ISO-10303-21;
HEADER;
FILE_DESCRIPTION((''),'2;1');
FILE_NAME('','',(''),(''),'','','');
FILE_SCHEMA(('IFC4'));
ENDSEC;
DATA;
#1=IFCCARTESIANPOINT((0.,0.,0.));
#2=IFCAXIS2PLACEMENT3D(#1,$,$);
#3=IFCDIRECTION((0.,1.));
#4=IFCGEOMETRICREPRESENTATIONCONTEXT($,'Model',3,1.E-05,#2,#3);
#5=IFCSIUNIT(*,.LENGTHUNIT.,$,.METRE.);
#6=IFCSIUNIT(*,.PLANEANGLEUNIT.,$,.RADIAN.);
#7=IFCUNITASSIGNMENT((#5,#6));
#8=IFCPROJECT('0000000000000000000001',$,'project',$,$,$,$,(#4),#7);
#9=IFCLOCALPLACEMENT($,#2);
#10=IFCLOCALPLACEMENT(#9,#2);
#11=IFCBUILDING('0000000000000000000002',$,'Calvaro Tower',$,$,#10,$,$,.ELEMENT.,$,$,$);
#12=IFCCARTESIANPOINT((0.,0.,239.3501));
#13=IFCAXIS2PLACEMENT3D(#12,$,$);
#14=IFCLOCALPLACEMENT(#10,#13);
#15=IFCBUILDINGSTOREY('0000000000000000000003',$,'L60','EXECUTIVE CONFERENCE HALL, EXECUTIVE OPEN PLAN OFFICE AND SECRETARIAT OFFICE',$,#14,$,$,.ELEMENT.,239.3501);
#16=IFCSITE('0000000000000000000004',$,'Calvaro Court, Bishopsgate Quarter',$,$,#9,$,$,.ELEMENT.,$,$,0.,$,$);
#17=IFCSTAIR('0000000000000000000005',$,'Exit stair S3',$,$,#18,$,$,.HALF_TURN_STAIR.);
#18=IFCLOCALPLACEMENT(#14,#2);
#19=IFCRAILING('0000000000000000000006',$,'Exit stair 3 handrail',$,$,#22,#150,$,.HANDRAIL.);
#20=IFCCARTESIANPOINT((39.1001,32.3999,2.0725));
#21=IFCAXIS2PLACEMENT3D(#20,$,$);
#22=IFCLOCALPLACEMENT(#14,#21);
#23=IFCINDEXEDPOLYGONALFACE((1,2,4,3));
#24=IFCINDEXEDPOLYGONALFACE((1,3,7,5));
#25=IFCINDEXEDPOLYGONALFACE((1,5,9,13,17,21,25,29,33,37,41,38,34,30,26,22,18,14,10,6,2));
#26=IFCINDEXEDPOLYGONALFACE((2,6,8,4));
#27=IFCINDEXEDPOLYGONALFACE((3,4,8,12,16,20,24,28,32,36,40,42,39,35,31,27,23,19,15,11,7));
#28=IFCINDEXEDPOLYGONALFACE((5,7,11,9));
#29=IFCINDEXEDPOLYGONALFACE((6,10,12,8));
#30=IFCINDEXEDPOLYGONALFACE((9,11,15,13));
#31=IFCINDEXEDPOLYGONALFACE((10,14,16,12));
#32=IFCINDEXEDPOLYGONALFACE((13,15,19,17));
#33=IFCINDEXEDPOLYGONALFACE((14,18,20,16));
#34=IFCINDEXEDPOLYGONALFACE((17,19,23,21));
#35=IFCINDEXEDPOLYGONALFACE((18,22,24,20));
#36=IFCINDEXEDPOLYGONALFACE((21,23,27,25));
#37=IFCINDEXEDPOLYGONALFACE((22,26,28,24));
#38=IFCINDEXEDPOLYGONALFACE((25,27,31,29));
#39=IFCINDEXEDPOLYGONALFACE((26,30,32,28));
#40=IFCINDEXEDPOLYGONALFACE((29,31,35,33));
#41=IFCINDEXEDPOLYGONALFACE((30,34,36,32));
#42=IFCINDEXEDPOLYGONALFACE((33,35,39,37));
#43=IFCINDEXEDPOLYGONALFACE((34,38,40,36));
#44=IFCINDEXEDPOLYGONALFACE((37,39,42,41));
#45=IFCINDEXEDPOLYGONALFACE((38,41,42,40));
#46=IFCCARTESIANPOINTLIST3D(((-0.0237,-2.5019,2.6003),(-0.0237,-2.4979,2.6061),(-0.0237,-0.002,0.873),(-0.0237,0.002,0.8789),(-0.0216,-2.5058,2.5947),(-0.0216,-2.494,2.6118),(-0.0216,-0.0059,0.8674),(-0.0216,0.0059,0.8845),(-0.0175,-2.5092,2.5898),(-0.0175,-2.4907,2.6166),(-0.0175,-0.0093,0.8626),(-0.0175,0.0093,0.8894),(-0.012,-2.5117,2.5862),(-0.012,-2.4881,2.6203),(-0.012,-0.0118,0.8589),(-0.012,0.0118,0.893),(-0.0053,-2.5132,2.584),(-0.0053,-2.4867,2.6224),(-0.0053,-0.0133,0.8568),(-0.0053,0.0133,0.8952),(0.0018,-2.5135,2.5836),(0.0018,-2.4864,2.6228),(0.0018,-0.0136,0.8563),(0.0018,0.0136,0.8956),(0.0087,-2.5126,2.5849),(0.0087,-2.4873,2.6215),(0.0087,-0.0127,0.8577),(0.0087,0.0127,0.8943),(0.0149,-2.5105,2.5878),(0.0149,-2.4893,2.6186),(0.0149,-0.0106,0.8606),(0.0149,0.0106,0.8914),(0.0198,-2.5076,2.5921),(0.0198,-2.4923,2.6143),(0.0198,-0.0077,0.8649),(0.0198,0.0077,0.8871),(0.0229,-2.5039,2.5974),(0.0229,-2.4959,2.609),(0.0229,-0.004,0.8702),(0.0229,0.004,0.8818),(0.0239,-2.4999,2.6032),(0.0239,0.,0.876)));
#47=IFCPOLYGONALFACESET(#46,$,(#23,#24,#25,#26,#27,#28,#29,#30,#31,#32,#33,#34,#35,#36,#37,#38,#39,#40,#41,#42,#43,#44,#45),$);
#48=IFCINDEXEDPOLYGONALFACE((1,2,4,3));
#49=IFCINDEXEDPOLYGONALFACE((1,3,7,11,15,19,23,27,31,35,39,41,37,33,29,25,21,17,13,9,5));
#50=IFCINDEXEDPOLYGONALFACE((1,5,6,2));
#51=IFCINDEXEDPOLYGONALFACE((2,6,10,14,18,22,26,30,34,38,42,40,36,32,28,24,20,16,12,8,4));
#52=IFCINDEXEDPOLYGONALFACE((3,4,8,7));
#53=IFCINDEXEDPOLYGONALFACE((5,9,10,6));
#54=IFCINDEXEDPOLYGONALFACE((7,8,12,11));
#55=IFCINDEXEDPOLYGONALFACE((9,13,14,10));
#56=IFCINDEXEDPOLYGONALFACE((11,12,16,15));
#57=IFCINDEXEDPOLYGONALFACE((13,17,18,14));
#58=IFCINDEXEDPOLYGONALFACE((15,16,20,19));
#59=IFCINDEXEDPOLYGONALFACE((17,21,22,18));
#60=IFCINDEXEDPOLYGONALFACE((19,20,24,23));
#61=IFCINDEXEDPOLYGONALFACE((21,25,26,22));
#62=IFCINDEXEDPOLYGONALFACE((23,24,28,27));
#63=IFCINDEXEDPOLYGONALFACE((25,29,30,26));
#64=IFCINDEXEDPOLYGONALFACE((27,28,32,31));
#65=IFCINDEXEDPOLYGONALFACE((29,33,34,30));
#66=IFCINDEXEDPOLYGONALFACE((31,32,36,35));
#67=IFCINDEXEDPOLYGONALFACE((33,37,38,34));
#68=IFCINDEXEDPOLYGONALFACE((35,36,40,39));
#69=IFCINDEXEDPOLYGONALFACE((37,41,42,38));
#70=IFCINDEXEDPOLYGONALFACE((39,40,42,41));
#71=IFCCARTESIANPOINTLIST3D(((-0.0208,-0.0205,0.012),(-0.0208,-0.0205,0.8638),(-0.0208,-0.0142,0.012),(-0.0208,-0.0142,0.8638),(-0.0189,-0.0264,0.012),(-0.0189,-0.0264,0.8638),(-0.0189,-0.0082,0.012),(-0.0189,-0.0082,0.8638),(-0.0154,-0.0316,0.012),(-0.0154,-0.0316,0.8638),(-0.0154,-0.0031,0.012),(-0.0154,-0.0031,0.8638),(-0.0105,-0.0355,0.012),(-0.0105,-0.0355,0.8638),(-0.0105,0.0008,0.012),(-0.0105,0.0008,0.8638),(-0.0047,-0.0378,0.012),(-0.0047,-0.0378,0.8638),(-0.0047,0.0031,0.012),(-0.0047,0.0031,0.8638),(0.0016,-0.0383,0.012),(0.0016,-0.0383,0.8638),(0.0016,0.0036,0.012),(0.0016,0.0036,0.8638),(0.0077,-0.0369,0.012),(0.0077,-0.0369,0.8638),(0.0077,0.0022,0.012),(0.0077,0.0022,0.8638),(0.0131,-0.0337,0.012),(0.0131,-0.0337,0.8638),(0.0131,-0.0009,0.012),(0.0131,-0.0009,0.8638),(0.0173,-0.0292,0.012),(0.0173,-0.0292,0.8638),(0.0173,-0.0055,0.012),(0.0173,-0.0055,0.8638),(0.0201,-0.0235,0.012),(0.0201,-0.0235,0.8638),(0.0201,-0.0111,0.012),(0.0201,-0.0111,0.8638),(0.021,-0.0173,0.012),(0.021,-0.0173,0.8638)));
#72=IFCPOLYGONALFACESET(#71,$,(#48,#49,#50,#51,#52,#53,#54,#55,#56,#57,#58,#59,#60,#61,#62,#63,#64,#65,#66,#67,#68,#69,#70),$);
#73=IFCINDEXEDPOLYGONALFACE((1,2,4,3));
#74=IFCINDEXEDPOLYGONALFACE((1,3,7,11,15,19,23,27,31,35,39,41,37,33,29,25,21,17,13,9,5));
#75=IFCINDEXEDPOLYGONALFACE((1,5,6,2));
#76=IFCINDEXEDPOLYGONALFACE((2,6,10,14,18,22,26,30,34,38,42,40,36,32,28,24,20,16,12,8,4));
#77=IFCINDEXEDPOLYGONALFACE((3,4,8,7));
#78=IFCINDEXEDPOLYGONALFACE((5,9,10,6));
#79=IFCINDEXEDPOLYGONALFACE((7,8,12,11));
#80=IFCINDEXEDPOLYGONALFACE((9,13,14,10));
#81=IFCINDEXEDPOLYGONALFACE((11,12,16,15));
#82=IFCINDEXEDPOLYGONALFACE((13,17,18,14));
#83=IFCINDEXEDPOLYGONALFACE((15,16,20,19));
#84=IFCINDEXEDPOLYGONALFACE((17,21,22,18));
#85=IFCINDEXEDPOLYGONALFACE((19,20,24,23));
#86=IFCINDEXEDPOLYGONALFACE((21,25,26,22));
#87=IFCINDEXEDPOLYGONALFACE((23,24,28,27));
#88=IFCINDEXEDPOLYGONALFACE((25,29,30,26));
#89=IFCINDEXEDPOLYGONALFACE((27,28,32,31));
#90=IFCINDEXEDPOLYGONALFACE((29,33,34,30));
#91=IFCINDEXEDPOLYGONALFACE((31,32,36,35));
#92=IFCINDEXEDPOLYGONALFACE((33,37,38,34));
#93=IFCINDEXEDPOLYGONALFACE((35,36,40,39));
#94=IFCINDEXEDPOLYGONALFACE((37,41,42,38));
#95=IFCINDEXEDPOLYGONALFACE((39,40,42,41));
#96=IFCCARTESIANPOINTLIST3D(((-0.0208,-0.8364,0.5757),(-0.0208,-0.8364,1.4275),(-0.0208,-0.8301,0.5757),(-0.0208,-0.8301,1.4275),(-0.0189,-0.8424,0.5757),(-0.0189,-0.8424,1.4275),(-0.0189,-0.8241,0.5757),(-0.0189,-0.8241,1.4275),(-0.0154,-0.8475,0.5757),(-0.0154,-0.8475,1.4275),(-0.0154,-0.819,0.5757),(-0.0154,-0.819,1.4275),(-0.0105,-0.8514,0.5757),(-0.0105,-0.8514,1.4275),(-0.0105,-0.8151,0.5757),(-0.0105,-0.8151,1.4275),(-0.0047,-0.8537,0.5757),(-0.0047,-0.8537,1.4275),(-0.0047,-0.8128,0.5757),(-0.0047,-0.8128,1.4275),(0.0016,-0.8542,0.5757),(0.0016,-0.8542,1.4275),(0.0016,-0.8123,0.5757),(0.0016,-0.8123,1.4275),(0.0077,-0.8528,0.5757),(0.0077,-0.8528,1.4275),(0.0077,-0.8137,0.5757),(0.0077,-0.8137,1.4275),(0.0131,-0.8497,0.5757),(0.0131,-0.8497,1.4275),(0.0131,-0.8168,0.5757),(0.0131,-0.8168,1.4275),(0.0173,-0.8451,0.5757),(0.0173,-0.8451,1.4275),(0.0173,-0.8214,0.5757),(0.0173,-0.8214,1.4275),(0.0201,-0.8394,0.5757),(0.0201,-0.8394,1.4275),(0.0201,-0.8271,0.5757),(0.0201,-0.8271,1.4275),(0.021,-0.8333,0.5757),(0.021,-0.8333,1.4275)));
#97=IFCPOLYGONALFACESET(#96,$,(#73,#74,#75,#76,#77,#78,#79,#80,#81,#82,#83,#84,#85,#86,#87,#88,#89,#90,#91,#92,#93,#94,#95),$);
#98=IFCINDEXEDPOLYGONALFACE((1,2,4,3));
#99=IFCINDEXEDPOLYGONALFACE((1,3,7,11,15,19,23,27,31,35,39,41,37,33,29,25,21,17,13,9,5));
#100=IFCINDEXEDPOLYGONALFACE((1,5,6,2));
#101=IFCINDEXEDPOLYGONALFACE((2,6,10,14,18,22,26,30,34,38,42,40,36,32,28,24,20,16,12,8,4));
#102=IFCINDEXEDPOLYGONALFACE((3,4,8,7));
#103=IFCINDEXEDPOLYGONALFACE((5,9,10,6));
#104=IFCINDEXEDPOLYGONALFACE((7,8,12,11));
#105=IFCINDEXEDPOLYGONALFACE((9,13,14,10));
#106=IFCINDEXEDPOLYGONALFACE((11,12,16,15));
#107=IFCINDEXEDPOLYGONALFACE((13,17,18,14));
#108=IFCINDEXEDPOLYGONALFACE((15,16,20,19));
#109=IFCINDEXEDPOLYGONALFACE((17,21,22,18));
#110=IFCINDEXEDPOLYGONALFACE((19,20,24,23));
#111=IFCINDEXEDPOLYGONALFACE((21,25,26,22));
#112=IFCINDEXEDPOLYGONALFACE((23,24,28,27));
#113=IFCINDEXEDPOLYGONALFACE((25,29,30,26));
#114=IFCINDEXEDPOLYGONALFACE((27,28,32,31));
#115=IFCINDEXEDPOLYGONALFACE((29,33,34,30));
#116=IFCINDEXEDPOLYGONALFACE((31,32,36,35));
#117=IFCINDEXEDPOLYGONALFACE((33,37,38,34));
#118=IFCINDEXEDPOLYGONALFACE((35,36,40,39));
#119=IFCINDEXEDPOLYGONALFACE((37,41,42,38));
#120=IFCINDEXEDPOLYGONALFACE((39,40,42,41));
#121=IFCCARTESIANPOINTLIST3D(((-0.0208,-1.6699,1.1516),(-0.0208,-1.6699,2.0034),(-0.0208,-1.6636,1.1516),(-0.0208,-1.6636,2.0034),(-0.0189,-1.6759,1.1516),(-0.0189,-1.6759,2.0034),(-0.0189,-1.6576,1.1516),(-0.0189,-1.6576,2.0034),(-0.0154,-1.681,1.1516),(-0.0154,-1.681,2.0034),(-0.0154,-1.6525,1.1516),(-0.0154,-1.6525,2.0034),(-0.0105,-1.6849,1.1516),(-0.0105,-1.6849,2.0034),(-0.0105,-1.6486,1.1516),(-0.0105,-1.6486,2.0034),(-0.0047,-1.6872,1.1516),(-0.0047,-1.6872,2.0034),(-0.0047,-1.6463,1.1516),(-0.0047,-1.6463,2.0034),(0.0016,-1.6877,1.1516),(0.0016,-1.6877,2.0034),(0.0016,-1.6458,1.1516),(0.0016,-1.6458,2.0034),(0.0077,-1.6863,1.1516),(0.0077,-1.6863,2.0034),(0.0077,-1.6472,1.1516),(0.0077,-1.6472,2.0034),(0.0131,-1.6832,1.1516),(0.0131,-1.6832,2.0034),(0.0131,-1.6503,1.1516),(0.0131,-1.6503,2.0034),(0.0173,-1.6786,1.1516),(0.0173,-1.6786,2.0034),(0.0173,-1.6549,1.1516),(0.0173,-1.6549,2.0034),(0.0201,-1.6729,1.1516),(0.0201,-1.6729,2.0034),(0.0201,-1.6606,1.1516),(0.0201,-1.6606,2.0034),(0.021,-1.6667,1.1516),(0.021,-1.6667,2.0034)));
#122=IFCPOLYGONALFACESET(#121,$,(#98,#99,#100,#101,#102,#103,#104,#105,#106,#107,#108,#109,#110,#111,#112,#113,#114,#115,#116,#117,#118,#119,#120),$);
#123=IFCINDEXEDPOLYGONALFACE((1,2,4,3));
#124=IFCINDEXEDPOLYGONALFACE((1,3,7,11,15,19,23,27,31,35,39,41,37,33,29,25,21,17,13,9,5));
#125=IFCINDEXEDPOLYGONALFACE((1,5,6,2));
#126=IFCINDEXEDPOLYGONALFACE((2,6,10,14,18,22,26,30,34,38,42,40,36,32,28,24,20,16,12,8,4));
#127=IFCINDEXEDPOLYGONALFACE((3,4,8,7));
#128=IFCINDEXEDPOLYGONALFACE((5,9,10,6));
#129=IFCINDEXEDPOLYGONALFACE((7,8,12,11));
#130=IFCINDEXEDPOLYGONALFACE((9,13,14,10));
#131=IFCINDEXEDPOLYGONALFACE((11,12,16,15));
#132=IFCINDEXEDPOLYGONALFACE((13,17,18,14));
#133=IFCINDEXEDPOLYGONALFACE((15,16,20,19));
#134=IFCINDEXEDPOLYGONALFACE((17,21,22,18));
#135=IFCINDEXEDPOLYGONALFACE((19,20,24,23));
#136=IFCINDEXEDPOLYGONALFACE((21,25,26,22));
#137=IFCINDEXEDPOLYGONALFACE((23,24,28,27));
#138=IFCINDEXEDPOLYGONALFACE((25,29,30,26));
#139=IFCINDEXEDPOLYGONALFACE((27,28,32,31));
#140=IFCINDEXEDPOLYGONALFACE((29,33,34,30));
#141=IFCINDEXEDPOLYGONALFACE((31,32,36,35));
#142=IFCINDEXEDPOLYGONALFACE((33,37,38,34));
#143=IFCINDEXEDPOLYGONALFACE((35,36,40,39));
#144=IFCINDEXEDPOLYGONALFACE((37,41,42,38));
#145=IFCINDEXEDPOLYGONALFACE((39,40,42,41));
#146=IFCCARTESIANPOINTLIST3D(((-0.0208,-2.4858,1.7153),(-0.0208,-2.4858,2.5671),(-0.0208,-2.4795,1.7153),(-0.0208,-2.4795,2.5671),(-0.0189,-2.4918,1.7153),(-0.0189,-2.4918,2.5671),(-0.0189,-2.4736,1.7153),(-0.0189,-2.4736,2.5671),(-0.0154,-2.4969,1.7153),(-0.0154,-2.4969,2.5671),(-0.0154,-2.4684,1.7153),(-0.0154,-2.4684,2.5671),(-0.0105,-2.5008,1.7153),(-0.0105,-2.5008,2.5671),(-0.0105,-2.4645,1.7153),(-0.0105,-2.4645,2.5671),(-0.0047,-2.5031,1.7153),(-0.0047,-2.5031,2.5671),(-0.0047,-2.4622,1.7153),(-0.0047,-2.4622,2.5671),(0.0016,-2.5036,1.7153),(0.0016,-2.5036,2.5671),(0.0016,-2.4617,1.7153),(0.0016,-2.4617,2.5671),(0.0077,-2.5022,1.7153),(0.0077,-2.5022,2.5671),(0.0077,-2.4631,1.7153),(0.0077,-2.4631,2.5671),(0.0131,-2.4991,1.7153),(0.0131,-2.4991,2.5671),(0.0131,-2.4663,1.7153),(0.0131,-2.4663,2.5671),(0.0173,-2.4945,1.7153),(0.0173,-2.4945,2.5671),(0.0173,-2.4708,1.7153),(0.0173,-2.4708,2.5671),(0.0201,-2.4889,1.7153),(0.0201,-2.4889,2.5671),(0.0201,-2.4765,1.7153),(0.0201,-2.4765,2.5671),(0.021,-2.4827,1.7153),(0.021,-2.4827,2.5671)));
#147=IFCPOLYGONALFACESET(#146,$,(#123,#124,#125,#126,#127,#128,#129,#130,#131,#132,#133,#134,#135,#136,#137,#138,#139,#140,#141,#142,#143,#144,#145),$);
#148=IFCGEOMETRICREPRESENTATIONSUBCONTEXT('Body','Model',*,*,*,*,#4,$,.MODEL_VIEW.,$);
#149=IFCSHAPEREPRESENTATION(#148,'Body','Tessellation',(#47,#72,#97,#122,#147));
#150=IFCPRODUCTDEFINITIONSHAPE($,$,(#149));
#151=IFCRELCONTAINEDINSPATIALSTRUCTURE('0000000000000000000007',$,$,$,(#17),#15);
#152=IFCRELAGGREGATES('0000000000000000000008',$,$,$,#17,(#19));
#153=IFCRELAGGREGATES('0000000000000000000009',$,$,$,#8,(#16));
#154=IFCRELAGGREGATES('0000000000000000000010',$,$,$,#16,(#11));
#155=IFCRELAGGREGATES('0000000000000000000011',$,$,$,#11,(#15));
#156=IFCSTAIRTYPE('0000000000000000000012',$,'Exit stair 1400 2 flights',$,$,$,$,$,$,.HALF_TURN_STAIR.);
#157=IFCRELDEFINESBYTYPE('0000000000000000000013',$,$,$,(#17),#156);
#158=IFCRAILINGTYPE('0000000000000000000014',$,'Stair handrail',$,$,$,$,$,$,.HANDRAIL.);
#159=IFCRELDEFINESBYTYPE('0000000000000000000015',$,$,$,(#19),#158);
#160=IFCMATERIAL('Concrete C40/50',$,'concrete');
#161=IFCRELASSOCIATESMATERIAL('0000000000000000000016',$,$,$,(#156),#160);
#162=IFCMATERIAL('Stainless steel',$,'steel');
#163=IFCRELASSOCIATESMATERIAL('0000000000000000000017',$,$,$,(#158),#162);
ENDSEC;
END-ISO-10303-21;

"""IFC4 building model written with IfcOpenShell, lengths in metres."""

from ifc_helpers import new_model, si_unit, direction, frame, origin, origin_2d, place, context, subcontext, project, spatial, circle, extrude, material, type_object, element, aggregate, save


model = new_model("IFC4")

# Units and contexts
model_context = context("Model", 3, precision=1e-05, world=origin(), true_north=direction((0.0, 1.0)))
body_context = subcontext(model_context, "Body", "Model", "MODEL_VIEW")
ifc_project = project(units=[si_unit("LENGTHUNIT", "METRE"), si_unit("PLANEANGLEUNIT", "RADIAN")], contexts=[model_context])

# Site, building, storey
site_placement = place(None, origin())
site = spatial("IfcSite", under=ifc_project, at=site_placement, Name="Calvaro Court, Bishopsgate Quarter", CompositionType="ELEMENT", RefElevation=0.0)
building_placement = place(site_placement, origin())
building = spatial("IfcBuilding", under=site, at=building_placement, Name="Calvaro Tower", CompositionType="ELEMENT")
storey_placement = place(building_placement, frame((0.0, 0.0, 239.3501)))
storey = spatial("IfcBuildingStorey", under=building, at=storey_placement, Name="L60", Description="EXECUTIVE CONFERENCE HALL, EXECUTIVE OPEN PLAN OFFICE AND SECRETARIAT OFFICE", CompositionType="ELEMENT", Elevation=239.3501)

# Stair
ifc_material_1 = material(Name="Concrete C40/50", Category="concrete")
stair_type = type_object("IfcStairType", Name="Exit stair 1400 2 flights", PredefinedType="HALF_TURN_STAIR", material=ifc_material_1)
stair_1_placement = place(storey_placement, origin())
stair_1 = element("IfcStair", 1, at=stair_1_placement, inside=storey, type_object=stair_type, Name="Exit stair S3", PredefinedType="HALF_TURN_STAIR")

# Railing
ifc_material_2 = material(Name="Stainless steel", Category="steel")
railing_type = type_object("IfcRailingType", Name="Stair handrail", PredefinedType="HANDRAIL", material=ifc_material_2)
railing_1_placement = place(storey_placement, frame((39.1001, 32.3999, 2.0725)))
railing_1 = element("IfcRailing", 2, at=railing_1_placement, type_object=railing_type, Name="Exit stair 3 handrail", PredefinedType="HANDRAIL", context=body_context, shape_type="SweptSolid", body=[
    extrude(circle(Radius=0.0239, at=origin_2d()), frame((0.0, 0.0, 0.876), z_axis=(0.0, -0.822727, 0.568437), x_axis=(1.0, 0.0, 0.0)), (0.0, 0.0, 1.0), 3.0386),
    extrude(circle(Radius=0.021, at=origin_2d()), frame((0.0, -0.0173, 0.012)), (0.0, 0.0, 1.0), 0.8518),
    extrude(circle(Radius=0.021, at=origin_2d()), frame((0.0, -0.8333, 0.5757)), (0.0, 0.0, 1.0), 0.8518),
    extrude(circle(Radius=0.021, at=origin_2d()), frame((0.0, -1.6667, 1.1516)), (0.0, 0.0, 1.0), 0.8518),
    extrude(circle(Radius=0.021, at=origin_2d()), frame((0.0, -2.4827, 1.7153)), (0.0, 0.0, 1.0), 0.8518),
])
aggregate(stair_1, [railing_1])

save(model, "model.ifc")
